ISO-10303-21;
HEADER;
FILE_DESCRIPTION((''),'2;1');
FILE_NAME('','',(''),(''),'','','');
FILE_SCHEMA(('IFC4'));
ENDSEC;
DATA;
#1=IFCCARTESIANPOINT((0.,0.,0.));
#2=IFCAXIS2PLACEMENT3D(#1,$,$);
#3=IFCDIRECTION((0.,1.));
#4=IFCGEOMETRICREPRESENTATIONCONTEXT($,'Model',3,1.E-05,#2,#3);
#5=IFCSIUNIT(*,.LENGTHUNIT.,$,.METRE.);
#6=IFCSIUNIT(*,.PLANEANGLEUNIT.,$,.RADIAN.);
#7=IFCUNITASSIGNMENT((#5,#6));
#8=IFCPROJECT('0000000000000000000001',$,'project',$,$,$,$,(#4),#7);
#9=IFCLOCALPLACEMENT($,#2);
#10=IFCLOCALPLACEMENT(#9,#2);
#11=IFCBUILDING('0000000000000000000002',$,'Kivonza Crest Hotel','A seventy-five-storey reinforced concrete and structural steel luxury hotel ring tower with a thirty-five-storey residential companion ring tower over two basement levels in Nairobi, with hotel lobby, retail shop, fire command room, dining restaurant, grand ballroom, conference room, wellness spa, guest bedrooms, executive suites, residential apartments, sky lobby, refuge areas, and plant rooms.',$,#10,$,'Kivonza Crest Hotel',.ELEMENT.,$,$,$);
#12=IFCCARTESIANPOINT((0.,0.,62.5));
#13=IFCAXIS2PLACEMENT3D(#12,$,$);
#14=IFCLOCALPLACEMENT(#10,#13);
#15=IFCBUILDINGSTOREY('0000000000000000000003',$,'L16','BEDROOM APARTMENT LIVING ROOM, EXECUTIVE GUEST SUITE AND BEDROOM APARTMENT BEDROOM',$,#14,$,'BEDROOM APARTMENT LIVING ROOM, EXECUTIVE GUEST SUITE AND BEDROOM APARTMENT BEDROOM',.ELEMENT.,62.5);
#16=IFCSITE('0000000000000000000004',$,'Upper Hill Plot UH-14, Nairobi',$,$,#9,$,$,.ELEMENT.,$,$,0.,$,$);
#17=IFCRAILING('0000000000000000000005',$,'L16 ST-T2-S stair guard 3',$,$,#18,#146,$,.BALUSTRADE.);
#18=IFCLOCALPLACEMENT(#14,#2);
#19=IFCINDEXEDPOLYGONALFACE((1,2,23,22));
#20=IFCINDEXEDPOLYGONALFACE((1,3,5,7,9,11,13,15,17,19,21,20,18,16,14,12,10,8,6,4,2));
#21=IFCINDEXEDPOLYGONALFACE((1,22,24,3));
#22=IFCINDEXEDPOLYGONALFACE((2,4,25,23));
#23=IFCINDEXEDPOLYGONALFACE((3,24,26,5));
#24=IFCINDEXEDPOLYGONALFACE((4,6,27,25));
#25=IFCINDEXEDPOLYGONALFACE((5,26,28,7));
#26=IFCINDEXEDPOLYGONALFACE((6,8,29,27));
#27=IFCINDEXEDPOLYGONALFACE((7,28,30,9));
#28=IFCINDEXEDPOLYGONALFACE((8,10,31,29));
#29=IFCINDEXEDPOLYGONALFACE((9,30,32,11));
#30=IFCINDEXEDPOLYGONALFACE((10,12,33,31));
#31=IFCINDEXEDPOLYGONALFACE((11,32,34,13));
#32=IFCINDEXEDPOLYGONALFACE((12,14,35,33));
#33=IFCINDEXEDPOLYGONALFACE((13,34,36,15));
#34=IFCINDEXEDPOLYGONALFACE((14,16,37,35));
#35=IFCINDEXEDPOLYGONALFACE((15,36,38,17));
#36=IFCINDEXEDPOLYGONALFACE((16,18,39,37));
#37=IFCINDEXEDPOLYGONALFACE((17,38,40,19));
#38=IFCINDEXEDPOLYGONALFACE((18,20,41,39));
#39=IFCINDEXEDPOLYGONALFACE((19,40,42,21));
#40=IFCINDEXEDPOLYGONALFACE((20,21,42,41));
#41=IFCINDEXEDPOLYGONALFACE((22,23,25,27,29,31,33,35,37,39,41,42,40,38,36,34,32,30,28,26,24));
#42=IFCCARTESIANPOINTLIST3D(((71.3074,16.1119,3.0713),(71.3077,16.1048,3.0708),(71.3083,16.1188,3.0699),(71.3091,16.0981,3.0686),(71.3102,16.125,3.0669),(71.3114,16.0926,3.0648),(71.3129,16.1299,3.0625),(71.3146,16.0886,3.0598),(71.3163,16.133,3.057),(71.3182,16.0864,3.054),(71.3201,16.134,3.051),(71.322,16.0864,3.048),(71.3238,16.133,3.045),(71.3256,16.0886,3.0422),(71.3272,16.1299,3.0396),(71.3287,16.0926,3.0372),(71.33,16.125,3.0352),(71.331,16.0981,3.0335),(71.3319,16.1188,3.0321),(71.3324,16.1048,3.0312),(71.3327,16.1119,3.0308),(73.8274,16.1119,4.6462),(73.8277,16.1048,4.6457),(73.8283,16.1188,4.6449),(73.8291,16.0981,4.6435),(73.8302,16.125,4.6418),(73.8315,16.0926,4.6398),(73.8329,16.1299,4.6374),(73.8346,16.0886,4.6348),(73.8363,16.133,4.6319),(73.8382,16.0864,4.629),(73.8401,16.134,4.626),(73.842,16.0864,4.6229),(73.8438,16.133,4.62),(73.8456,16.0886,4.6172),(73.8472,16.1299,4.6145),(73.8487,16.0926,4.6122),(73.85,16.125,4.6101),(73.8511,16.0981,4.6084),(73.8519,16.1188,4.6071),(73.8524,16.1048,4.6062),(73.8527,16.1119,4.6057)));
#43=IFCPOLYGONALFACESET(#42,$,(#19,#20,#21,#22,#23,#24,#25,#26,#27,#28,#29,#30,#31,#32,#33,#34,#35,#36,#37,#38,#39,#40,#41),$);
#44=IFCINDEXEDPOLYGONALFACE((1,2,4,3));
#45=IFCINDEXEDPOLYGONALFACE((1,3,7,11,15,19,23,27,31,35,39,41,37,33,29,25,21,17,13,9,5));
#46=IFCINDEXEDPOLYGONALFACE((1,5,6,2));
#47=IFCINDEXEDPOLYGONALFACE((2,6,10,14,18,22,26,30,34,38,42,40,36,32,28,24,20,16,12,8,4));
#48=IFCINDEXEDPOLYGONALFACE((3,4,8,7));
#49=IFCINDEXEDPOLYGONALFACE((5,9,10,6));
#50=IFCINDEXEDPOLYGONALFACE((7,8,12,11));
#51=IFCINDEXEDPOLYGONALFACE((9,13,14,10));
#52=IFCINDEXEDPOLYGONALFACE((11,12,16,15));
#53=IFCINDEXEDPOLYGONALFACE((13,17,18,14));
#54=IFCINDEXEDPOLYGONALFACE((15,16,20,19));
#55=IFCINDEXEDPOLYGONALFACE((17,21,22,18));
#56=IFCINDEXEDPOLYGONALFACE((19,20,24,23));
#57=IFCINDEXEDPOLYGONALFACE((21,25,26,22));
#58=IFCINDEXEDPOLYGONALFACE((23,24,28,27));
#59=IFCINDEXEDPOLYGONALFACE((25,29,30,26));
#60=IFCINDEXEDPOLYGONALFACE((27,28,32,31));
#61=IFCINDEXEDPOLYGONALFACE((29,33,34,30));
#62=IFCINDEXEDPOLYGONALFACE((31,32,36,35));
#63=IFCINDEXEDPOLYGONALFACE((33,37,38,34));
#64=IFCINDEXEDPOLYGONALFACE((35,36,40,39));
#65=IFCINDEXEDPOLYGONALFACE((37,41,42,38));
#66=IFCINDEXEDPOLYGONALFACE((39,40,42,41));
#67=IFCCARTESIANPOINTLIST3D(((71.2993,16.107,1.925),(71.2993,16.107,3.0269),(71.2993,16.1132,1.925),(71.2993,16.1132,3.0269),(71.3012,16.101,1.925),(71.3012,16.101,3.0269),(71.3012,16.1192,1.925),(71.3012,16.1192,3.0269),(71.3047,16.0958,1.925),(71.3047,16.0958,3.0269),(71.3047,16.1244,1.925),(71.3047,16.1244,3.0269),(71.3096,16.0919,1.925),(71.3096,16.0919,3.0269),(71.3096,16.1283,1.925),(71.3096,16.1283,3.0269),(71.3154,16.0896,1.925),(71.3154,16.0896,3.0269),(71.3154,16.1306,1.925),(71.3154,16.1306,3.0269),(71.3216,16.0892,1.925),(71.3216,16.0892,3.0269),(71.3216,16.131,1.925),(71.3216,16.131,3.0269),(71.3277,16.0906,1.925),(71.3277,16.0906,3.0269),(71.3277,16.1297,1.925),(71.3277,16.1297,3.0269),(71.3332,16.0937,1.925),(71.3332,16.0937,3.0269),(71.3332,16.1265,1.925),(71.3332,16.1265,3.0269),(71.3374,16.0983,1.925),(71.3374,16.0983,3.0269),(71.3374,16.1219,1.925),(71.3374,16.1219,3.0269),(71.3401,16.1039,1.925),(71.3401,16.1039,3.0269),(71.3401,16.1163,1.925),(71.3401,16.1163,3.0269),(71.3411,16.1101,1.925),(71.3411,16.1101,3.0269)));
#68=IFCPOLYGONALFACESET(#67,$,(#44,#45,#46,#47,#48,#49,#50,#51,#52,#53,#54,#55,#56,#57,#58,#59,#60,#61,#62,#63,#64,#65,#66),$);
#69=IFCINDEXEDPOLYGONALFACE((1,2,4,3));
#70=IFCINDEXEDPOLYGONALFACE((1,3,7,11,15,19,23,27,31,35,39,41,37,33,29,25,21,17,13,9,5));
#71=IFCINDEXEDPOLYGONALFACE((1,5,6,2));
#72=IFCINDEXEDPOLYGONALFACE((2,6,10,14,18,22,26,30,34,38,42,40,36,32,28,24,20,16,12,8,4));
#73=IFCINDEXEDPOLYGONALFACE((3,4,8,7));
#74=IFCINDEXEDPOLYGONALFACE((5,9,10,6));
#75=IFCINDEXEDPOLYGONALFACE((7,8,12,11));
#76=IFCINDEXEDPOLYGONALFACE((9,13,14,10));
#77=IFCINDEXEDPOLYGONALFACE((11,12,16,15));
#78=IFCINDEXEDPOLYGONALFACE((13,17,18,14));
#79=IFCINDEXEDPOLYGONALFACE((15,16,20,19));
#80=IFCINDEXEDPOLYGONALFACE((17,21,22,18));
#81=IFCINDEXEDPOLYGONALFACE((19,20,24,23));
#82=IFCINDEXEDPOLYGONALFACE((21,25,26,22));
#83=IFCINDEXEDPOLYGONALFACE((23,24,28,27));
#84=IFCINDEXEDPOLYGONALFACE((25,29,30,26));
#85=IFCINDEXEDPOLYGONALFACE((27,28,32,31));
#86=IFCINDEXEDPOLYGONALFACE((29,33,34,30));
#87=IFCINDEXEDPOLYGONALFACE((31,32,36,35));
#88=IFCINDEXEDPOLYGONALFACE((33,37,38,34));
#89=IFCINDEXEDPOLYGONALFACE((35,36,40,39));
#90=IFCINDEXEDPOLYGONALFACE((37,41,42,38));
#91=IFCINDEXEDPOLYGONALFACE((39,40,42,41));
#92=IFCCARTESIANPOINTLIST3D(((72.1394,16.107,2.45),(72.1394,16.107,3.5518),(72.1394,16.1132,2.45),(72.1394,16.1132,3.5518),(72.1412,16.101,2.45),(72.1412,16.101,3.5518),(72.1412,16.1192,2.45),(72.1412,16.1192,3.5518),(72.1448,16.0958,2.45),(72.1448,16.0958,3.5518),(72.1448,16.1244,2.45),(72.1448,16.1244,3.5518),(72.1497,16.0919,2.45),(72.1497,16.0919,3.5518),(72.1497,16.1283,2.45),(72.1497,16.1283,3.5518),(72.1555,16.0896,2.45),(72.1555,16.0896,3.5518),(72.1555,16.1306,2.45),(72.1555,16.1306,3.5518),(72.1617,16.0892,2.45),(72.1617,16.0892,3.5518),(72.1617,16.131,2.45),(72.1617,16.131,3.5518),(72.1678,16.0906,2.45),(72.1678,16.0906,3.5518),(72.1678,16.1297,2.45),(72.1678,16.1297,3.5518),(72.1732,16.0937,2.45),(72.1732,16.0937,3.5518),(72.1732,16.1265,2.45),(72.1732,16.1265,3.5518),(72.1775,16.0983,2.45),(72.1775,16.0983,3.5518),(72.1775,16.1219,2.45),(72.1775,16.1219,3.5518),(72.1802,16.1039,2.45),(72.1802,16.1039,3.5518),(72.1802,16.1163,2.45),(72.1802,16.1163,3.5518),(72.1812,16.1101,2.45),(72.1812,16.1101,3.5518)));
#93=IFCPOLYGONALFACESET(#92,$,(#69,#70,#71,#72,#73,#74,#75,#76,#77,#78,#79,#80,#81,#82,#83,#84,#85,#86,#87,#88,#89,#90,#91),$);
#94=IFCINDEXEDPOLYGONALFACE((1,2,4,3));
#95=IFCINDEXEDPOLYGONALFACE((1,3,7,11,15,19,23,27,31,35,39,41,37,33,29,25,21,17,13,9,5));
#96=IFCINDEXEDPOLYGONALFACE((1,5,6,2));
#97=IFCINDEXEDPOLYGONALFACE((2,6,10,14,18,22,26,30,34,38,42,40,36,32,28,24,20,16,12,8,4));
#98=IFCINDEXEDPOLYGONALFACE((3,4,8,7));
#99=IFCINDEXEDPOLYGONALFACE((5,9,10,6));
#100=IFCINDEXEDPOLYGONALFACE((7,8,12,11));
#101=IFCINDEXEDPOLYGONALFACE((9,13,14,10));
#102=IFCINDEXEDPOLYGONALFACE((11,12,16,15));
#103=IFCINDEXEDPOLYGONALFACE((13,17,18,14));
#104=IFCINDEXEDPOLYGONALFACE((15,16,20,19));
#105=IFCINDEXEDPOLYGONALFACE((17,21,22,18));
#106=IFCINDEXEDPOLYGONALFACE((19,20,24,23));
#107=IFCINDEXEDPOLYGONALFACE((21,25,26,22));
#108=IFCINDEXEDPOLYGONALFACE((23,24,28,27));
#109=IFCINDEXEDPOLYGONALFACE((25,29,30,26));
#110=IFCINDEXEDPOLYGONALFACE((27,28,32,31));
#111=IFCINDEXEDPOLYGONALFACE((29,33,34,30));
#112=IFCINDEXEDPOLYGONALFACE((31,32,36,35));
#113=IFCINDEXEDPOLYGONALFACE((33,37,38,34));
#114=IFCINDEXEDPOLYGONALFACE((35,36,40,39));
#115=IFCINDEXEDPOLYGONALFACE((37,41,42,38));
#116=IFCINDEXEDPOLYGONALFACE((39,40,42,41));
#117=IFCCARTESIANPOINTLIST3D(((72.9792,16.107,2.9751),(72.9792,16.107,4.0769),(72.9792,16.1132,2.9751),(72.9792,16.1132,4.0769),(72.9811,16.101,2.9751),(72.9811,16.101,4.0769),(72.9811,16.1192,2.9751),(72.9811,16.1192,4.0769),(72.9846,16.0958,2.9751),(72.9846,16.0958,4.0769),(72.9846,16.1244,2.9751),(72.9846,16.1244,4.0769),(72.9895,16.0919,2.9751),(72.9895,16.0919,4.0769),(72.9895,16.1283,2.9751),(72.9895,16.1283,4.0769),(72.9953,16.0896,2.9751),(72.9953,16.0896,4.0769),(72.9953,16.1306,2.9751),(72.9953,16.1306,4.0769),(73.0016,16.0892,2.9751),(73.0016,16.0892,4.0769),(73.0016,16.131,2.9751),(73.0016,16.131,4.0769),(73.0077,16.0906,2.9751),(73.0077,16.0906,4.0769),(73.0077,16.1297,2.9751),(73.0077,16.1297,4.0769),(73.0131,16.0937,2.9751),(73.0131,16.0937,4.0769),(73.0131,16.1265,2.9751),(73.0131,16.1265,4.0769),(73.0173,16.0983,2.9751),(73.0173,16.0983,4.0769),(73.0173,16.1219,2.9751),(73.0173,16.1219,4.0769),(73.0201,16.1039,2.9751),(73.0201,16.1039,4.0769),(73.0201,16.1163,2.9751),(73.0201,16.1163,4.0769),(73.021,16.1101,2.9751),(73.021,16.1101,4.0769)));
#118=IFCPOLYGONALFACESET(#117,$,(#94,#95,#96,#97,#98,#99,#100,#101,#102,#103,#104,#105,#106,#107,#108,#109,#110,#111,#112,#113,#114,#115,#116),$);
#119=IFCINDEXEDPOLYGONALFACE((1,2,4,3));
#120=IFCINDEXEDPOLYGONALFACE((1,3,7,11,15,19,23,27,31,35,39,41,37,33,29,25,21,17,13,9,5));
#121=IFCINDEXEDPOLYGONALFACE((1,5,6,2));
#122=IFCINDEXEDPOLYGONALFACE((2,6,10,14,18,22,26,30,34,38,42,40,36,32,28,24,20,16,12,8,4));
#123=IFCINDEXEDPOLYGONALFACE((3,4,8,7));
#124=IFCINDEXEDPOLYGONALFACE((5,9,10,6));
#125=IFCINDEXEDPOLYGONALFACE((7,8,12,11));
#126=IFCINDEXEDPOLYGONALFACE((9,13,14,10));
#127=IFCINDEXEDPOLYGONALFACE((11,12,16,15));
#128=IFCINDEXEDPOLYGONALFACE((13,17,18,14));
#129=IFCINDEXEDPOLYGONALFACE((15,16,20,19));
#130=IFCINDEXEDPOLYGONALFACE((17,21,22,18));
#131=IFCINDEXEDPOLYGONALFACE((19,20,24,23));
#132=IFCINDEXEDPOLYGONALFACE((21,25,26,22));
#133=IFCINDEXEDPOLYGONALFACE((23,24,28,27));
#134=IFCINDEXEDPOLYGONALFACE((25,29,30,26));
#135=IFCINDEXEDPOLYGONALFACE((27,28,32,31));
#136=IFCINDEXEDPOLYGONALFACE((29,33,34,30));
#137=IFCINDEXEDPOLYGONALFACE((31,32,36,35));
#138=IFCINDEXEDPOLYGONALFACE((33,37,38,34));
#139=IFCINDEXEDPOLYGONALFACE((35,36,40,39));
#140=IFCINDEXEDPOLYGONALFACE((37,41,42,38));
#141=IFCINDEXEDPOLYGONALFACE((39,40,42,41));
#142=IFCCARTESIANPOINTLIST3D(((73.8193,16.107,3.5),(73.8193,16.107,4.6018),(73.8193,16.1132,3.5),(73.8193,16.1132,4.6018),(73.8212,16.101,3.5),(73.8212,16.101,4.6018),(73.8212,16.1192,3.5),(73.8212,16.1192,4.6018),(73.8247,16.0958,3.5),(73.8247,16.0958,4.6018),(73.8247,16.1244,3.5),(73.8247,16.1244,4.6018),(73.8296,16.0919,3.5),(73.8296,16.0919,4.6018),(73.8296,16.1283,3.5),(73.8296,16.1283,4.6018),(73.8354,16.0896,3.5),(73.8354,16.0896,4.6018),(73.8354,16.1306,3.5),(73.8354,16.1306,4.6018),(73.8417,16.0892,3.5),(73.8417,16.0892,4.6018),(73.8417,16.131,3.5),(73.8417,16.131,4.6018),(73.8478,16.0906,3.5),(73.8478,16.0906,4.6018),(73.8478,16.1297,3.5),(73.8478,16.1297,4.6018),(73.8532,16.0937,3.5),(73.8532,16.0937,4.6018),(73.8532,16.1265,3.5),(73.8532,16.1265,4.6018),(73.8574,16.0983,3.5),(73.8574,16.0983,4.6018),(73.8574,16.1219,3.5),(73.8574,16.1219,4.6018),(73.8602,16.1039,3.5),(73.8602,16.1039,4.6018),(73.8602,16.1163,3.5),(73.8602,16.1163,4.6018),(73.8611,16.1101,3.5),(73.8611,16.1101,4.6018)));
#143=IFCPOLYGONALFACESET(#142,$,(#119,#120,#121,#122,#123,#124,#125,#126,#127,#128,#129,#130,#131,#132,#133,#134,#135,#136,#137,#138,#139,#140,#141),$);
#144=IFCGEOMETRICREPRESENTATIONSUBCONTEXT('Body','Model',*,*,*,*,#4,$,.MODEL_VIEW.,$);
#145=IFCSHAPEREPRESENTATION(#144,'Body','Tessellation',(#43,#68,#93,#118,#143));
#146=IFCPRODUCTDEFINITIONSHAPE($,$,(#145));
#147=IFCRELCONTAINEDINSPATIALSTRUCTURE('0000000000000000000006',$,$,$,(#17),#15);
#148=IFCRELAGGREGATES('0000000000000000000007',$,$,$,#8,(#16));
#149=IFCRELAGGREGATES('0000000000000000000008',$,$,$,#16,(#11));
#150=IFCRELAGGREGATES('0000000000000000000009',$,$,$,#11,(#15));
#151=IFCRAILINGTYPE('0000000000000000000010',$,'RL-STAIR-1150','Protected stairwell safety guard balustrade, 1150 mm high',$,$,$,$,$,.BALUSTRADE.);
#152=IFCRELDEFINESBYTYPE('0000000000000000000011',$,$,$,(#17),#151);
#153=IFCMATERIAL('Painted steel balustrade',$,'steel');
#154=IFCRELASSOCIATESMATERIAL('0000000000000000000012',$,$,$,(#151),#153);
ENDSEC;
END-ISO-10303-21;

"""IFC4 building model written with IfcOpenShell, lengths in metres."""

from ifc_helpers import new_model, si_unit, direction, frame, origin, origin_2d, place, context, subcontext, project, spatial, circle, extrude, material, type_object, element, save


model = new_model("IFC4")

# Units and contexts
model_context = context("Model", 3, precision=1e-05, world=origin(), true_north=direction((0.0, 1.0)))
body_context = subcontext(model_context, "Body", "Model", "MODEL_VIEW")
ifc_project = project(units=[si_unit("LENGTHUNIT", "METRE"), si_unit("PLANEANGLEUNIT", "RADIAN")], contexts=[model_context])

# Site, building, storey
site_placement = place(None, origin())
site = spatial("IfcSite", under=ifc_project, at=site_placement, Name="Upper Hill Plot UH-14, Nairobi", CompositionType="ELEMENT", RefElevation=0.0)
building_placement = place(site_placement, origin())
building = spatial("IfcBuilding", under=site, at=building_placement, Name="Kivonza Crest Hotel", Description="A seventy-five-storey reinforced concrete and structural steel luxury hotel ring tower with a thirty-five-storey residential companion ring tower over two basement levels in Nairobi, with hotel lobby, retail shop, fire command room, dining restaurant, grand ballroom, conference room, wellness spa, guest bedrooms, executive suites, residential apartments, sky lobby, refuge areas, and plant rooms.", LongName="Kivonza Crest Hotel", CompositionType="ELEMENT")
storey_placement = place(building_placement, frame((0.0, 0.0, 62.5)))
storey = spatial("IfcBuildingStorey", under=building, at=storey_placement, Name="L16", Description="BEDROOM APARTMENT LIVING ROOM, EXECUTIVE GUEST SUITE AND BEDROOM APARTMENT BEDROOM", LongName="BEDROOM APARTMENT LIVING ROOM, EXECUTIVE GUEST SUITE AND BEDROOM APARTMENT BEDROOM", CompositionType="ELEMENT", Elevation=62.5)

# Railing
ifc_material_1 = material(Name="Painted steel balustrade", Category="steel")
railing_type_1 = type_object("IfcRailingType", Name="RL-STAIR-1150", Description="Protected stairwell safety guard balustrade, 1150 mm high", PredefinedType="BALUSTRADE", material=ifc_material_1)
railing_1_placement = place(storey_placement, frame((71.3201, 16.1101, 1.925)))
element("IfcRailing", 1, at=railing_1_placement, inside=storey, type_object=railing_type_1, Name="L16 ST-T2-S stair guard 3", PredefinedType="BALUSTRADE", context=body_context, shape_type="SweptSolid", body=[
    extrude(circle(Radius=0.0239, at=origin_2d()), frame((0.0, 0.0, 1.126), z_axis=(0.848008, 0.0, 0.529984), x_axis=(0.0, 1.0, 0.0)), (0.0, 0.0, 1.0), 2.9717),
    extrude(circle(Radius=0.021, at=origin_2d()), origin(), (0.0, 0.0, 1.0), 1.1018),
    extrude(circle(Radius=0.021, at=origin_2d()), frame((0.8401, 0.0, 0.5249)), (0.0, 0.0, 1.0), 1.1018),
    extrude(circle(Radius=0.021, at=origin_2d()), frame((1.6799, 0.0, 1.05)), (0.0, 0.0, 1.0), 1.1018),
    extrude(circle(Radius=0.021, at=origin_2d()), frame((2.52, 0.0, 1.575)), (0.0, 0.0, 1.0), 1.1018),
])

save(model, "model.ifc")
